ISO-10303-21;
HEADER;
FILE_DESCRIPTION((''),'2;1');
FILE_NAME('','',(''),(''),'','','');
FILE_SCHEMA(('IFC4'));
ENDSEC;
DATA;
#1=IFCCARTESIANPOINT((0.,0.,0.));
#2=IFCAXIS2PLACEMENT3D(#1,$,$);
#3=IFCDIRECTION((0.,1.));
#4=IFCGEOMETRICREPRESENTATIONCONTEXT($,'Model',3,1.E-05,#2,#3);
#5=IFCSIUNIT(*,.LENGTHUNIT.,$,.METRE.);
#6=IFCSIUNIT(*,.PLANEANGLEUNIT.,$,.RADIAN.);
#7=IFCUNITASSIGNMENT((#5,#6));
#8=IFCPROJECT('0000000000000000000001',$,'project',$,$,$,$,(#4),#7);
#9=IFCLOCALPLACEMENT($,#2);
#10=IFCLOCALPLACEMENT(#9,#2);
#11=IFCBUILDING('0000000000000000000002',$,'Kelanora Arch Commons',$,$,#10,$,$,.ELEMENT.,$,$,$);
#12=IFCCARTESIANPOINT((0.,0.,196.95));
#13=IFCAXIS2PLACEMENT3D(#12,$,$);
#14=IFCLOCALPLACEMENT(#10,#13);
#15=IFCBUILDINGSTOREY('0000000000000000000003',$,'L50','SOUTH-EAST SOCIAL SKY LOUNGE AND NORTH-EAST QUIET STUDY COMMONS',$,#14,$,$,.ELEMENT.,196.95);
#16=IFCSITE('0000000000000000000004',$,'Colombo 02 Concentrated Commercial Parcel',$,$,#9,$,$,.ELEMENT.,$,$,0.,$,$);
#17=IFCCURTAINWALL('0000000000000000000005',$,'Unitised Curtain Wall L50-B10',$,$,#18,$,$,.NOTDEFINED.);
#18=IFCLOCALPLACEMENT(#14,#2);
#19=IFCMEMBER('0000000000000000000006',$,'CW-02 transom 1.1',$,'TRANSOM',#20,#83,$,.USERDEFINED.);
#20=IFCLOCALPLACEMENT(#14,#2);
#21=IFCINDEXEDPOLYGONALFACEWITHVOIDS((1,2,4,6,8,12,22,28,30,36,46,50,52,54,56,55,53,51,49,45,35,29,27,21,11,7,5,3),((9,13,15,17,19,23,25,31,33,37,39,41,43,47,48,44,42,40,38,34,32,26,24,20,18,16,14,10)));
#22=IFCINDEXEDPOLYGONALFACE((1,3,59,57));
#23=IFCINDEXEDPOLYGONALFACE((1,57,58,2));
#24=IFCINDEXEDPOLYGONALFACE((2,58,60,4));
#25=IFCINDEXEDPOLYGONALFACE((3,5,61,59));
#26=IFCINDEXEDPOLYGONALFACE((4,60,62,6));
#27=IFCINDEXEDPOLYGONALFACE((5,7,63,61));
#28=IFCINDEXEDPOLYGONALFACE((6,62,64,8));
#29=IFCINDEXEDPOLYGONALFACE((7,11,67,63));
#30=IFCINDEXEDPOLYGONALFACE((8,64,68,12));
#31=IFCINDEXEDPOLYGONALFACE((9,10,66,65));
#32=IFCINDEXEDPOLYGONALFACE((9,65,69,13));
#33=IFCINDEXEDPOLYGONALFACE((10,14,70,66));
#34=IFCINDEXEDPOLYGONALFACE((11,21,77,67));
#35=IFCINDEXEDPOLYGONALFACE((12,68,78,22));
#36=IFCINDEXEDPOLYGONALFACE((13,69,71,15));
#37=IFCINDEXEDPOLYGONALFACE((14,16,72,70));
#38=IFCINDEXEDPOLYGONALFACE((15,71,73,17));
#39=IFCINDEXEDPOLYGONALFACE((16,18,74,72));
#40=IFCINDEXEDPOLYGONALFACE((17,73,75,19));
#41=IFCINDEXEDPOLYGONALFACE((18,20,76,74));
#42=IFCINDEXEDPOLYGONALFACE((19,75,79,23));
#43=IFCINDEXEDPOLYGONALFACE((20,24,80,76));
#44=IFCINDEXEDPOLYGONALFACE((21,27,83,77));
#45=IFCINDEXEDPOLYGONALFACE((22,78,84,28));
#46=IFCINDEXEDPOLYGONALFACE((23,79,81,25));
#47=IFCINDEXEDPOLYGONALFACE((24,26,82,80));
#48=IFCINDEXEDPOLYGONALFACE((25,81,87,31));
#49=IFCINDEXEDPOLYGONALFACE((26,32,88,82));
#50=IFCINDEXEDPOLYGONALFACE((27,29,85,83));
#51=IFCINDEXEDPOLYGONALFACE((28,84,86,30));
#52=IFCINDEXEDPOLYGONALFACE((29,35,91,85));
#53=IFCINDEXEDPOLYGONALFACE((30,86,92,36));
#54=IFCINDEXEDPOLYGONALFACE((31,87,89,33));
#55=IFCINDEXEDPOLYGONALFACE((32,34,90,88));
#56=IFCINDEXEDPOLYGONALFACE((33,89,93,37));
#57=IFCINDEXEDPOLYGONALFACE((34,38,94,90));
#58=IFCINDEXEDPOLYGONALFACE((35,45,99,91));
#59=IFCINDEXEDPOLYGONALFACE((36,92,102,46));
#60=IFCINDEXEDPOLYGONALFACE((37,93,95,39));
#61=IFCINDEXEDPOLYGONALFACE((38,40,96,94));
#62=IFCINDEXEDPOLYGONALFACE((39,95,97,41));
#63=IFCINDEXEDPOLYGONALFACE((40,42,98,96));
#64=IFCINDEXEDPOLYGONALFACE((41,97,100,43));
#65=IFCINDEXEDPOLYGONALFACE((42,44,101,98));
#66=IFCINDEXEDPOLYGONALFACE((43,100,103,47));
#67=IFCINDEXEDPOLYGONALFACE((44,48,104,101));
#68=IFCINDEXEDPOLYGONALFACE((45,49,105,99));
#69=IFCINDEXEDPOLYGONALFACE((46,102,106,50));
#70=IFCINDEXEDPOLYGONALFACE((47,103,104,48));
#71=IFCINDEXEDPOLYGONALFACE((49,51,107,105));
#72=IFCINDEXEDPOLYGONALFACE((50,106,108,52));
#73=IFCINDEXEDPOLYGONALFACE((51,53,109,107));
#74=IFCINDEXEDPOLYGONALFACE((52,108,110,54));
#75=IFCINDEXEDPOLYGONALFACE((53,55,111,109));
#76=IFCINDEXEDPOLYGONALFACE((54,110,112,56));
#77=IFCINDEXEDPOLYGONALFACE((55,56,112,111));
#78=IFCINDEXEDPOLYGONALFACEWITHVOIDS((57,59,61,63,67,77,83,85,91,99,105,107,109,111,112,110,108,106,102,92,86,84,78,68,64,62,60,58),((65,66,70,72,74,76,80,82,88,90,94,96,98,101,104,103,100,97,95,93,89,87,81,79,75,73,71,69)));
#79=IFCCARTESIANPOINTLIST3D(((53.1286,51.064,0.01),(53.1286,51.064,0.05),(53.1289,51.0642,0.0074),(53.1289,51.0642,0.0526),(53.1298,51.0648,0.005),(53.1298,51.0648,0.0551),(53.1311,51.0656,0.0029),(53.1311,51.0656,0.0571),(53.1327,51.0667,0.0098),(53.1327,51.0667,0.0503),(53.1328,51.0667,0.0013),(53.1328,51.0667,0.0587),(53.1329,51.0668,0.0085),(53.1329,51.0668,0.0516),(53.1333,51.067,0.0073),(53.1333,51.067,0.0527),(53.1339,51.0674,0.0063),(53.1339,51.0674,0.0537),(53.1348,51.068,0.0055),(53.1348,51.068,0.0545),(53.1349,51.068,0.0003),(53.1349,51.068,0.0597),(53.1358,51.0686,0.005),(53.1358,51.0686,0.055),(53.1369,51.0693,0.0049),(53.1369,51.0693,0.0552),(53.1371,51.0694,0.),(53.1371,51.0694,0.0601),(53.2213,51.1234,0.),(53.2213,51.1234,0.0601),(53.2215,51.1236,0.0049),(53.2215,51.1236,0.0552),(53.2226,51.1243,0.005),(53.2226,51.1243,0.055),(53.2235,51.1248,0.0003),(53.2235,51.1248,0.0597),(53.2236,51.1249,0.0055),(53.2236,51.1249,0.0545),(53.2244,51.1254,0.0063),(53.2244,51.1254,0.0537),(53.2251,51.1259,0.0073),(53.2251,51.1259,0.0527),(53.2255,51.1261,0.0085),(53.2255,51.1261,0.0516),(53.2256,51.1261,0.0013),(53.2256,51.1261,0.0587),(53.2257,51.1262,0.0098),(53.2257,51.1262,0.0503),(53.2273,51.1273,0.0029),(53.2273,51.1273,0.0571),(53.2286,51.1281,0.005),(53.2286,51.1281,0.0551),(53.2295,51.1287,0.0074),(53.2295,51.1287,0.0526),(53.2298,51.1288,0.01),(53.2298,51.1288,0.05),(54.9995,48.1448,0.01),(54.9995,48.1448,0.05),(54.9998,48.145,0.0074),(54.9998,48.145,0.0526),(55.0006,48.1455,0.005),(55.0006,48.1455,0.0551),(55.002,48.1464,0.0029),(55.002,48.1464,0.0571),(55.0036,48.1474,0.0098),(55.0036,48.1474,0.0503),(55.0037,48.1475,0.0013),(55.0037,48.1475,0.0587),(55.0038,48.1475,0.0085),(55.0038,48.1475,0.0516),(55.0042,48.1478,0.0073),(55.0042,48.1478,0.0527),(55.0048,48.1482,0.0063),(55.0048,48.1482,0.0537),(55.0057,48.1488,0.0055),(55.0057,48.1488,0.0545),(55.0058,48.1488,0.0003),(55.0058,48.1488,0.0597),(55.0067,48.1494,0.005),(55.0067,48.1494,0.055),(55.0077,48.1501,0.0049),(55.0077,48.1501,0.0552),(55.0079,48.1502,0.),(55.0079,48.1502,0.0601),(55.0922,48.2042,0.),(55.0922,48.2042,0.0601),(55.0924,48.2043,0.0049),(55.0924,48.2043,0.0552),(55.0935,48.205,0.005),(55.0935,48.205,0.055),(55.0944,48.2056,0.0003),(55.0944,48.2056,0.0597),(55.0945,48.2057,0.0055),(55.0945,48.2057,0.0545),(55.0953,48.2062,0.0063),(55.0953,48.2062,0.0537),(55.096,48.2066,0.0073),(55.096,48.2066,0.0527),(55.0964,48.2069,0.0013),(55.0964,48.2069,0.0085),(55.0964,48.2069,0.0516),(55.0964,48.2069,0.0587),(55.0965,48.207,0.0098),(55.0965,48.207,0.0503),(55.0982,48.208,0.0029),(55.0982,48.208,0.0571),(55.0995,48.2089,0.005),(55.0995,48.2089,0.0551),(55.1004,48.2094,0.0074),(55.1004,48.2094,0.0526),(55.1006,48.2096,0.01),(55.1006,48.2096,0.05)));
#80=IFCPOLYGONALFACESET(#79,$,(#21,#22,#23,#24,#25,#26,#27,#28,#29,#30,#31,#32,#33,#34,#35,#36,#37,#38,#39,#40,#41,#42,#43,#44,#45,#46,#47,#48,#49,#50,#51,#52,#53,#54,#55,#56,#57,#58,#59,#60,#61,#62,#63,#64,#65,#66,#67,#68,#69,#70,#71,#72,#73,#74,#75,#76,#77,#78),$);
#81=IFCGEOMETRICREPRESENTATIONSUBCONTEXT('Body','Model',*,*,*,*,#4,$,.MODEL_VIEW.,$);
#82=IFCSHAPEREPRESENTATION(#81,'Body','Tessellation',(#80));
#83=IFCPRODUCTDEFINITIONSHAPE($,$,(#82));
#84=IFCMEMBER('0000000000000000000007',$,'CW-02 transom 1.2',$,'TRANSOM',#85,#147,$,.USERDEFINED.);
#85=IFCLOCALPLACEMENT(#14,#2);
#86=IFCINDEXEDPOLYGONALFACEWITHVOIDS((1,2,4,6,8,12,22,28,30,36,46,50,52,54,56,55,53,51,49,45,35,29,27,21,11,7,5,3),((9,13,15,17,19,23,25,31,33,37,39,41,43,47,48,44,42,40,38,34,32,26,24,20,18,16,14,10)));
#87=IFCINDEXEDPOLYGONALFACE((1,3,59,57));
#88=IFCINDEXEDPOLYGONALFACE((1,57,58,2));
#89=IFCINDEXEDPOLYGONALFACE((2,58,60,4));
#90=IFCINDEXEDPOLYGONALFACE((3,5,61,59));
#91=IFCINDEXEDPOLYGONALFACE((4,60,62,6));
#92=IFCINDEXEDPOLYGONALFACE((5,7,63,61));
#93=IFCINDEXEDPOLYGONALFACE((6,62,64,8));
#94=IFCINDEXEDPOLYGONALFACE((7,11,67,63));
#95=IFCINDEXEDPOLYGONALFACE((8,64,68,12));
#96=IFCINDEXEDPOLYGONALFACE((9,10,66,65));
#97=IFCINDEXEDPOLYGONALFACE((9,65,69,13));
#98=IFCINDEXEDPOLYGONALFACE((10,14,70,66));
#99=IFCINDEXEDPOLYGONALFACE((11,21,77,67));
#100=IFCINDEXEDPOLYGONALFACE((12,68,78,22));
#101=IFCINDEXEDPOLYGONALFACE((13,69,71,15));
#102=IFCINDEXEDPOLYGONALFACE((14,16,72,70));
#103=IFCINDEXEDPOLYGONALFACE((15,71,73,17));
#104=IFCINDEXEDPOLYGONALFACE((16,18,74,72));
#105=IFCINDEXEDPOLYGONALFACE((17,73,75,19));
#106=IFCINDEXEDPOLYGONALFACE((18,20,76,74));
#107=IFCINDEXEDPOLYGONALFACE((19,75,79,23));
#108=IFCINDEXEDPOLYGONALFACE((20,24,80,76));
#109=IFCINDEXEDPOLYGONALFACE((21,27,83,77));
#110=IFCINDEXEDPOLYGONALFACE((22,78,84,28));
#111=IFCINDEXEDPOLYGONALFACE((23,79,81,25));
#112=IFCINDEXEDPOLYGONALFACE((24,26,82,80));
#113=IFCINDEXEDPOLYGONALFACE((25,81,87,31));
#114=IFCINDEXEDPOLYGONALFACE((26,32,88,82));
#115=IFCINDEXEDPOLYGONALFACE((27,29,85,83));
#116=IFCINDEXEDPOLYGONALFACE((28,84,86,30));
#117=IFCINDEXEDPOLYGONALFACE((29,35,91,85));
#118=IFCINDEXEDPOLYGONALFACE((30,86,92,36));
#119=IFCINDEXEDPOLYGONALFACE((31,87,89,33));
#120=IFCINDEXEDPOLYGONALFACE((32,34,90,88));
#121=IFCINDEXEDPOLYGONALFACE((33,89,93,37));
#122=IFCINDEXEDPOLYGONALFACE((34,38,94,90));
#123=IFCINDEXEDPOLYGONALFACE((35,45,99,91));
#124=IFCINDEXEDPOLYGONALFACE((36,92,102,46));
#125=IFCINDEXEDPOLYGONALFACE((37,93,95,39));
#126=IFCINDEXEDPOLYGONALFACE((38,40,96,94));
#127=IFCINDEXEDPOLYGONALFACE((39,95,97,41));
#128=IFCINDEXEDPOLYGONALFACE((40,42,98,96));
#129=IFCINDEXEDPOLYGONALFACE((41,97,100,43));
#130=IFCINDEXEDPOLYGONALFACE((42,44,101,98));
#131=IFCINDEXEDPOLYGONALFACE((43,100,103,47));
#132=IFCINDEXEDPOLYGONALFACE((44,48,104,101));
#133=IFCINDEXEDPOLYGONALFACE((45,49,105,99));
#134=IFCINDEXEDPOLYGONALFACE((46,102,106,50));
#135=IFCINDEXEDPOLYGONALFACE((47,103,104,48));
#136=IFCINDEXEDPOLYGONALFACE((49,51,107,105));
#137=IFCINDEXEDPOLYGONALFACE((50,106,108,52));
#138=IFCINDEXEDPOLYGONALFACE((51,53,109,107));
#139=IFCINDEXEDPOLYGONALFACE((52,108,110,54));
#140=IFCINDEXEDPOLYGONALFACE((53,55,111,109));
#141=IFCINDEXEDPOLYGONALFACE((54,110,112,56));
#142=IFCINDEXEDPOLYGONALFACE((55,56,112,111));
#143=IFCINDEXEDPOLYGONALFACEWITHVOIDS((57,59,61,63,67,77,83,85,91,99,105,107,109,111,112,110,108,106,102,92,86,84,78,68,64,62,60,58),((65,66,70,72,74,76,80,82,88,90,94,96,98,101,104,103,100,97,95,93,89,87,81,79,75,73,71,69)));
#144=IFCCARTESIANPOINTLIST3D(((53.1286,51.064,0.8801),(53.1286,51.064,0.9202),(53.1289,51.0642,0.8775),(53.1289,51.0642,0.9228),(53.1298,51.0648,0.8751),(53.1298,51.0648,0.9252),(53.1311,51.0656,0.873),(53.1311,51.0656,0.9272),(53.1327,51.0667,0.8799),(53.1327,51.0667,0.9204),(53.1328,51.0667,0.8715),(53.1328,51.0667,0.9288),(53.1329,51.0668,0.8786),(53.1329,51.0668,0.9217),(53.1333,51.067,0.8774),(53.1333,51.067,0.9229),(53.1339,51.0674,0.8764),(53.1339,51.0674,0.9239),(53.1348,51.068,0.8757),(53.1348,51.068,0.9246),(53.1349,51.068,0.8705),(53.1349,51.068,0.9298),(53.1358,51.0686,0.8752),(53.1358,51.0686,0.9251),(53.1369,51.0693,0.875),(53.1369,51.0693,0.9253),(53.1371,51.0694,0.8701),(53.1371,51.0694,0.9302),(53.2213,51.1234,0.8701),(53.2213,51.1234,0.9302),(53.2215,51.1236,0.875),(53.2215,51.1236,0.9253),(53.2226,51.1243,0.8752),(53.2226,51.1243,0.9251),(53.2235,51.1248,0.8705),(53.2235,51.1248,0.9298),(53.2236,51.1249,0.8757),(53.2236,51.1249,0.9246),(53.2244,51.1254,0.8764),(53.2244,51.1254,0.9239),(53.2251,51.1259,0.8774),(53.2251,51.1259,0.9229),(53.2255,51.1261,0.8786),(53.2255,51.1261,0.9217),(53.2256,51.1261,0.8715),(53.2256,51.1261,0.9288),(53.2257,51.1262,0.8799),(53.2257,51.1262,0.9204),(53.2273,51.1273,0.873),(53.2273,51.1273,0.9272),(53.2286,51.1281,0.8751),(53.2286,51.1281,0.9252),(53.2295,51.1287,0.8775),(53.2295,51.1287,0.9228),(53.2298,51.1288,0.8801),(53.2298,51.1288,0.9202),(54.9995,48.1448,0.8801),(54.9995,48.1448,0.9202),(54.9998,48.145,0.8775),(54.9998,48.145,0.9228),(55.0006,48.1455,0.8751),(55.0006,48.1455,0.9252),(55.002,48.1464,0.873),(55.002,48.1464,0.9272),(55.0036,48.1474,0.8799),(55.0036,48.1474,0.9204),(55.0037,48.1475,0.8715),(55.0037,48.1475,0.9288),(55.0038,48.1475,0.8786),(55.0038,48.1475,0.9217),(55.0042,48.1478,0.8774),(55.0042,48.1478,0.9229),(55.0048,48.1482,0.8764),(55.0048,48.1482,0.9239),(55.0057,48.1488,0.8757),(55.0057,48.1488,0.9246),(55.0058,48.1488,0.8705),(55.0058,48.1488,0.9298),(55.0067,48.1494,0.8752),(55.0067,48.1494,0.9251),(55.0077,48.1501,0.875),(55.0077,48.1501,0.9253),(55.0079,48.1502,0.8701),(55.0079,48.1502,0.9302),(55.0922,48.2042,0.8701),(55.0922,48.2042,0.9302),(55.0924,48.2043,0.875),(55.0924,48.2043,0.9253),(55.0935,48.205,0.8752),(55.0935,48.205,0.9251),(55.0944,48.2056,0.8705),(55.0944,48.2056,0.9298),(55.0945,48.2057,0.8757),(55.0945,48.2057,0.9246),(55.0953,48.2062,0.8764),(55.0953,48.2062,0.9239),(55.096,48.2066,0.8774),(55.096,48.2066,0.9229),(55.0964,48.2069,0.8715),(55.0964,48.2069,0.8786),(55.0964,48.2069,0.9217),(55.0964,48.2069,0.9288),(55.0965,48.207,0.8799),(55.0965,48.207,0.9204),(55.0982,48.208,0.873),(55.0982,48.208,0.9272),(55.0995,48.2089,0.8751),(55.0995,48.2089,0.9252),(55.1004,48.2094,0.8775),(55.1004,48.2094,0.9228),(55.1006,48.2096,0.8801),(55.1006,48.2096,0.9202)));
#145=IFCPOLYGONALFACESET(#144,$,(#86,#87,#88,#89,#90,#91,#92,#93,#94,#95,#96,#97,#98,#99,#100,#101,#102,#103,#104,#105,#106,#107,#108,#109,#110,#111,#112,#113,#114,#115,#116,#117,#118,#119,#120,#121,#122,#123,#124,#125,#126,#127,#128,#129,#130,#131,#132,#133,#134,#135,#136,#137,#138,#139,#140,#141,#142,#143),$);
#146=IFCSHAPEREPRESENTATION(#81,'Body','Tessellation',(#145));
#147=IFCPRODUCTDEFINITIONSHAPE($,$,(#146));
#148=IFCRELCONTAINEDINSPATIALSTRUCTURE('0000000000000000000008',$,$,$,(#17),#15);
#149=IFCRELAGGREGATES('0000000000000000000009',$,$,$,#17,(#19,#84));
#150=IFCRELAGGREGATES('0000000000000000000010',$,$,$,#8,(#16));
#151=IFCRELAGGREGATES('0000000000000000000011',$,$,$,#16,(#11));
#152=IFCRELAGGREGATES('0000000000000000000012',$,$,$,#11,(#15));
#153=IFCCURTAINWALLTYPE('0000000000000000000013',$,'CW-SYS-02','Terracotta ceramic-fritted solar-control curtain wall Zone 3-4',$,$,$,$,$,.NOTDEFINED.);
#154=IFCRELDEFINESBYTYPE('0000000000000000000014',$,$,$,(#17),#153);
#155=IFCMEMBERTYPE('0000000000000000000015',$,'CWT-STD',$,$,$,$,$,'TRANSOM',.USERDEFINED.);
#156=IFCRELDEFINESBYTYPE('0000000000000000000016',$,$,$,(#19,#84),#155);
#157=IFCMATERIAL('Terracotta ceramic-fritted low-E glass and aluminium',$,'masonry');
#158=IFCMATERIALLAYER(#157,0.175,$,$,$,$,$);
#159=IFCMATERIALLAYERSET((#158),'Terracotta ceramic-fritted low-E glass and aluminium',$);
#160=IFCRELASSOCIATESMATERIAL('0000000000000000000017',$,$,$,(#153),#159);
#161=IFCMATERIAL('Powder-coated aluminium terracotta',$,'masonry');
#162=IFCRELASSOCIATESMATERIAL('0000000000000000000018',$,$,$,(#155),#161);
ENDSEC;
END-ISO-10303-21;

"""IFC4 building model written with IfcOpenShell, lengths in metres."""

from ifc_helpers import new_model, si_unit, direction, frame, origin, origin_2d, place, context, subcontext, project, spatial, hollow_rectangle, extrude, material, layer, layer_set, material_profile, profile_set, type_object, element, aggregate, save


model = new_model("IFC4")

# Units and contexts
model_context = context("Model", 3, precision=1e-05, world=origin(), true_north=direction((0.0, 1.0)))
body_context = subcontext(model_context, "Body", "Model", "MODEL_VIEW")
ifc_project = project(units=[si_unit("LENGTHUNIT", "METRE"), si_unit("PLANEANGLEUNIT", "RADIAN")], contexts=[model_context])

# Site, building, storey
site_placement = place(None, origin())
site = spatial("IfcSite", under=ifc_project, at=site_placement, Name="Colombo 02 Concentrated Commercial Parcel", CompositionType="ELEMENT", RefElevation=0.0)
building_placement = place(site_placement, origin())
building = spatial("IfcBuilding", under=site, at=building_placement, Name="Kelanora Arch Commons", CompositionType="ELEMENT")
storey_placement = place(building_placement, frame((0.0, 0.0, 196.95)))
storey = spatial("IfcBuildingStorey", under=building, at=storey_placement, Name="L50", Description="SOUTH-EAST SOCIAL SKY LOUNGE AND NORTH-EAST QUIET STUDY COMMONS", CompositionType="ELEMENT", Elevation=196.95)

# Curtain wall, members
ifc_material_1 = material(Name="Terracotta ceramic-fritted low-E glass and aluminium", Category="masonry")
ifc_layer_1 = layer(ifc_material_1, 0.175)
ifc_layer_set_1 = layer_set([ifc_layer_1], Name="Terracotta ceramic-fritted low-E glass and aluminium")
curtain_wall_type = type_object("IfcCurtainWallType", Name="CW-SYS-02", Description="Terracotta ceramic-fritted solar-control curtain wall Zone 3-4", PredefinedType="NOTDEFINED", material=ifc_layer_set_1)
curtain_wall_placement = place(storey_placement, origin())
curtain_wall = element("IfcCurtainWall", 1, at=curtain_wall_placement, inside=storey, type_object=curtain_wall_type, Name="Unitised Curtain Wall L50-B10", PredefinedType="NOTDEFINED")
ifc_material_2 = material(Name="Powder-coated aluminium terracotta", Category="masonry")
ifc_material_profile_1 = material_profile(ifc_material_2, hollow_rectangle(XDim=0.1201, YDim=0.0601, WallThickness=0.0049, InnerFilletRadius=0.0049, OuterFilletRadius=0.01, at=origin_2d()), Name="CWT120x60")
ifc_profile_set_1 = profile_set([ifc_material_profile_1], Name="Powder-coated aluminium terracotta")
member_type_1 = type_object("IfcMemberType", Name="CWT-STD", ElementType="TRANSOM", PredefinedType="USERDEFINED", material=ifc_profile_set_1)
member_1_placement = place(storey_placement, frame((53.1792, 51.0964, 0.03), z_axis=(0.539579, -0.841935, 0.0), x_axis=(0.841935, 0.539579, 0.0)))
member_1 = element("IfcMember", 2, at=member_1_placement, type_object=member_type_1, Name="CW-02 transom 1.1", ObjectType="TRANSOM", PredefinedType="USERDEFINED", context=body_context, shape_type="SweptSolid", body=[
    extrude(hollow_rectangle(XDim=0.1201, YDim=0.0601, WallThickness=0.0049, InnerFilletRadius=0.0049, OuterFilletRadius=0.01, at=origin_2d()), origin(), (0.0, 0.0, 1.0), 3.4673),
])
member_2_placement = place(storey_placement, frame((53.1792, 51.0964, 0.9001), z_axis=(0.539579, -0.841935, 0.0), x_axis=(0.841935, 0.539579, 0.0)))
member_2 = element("IfcMember", 3, at=member_2_placement, type_object=member_type_1, Name="CW-02 transom 1.2", ObjectType="TRANSOM", PredefinedType="USERDEFINED", context=body_context, shape_type="SweptSolid", body=[
    extrude(hollow_rectangle(XDim=0.1201, YDim=0.0601, WallThickness=0.0049, InnerFilletRadius=0.0049, OuterFilletRadius=0.01, at=origin_2d()), origin(), (0.0, 0.0, 1.0), 3.4673),
])

aggregate(curtain_wall, [member_1, member_2])

save(model, "model.ifc")
